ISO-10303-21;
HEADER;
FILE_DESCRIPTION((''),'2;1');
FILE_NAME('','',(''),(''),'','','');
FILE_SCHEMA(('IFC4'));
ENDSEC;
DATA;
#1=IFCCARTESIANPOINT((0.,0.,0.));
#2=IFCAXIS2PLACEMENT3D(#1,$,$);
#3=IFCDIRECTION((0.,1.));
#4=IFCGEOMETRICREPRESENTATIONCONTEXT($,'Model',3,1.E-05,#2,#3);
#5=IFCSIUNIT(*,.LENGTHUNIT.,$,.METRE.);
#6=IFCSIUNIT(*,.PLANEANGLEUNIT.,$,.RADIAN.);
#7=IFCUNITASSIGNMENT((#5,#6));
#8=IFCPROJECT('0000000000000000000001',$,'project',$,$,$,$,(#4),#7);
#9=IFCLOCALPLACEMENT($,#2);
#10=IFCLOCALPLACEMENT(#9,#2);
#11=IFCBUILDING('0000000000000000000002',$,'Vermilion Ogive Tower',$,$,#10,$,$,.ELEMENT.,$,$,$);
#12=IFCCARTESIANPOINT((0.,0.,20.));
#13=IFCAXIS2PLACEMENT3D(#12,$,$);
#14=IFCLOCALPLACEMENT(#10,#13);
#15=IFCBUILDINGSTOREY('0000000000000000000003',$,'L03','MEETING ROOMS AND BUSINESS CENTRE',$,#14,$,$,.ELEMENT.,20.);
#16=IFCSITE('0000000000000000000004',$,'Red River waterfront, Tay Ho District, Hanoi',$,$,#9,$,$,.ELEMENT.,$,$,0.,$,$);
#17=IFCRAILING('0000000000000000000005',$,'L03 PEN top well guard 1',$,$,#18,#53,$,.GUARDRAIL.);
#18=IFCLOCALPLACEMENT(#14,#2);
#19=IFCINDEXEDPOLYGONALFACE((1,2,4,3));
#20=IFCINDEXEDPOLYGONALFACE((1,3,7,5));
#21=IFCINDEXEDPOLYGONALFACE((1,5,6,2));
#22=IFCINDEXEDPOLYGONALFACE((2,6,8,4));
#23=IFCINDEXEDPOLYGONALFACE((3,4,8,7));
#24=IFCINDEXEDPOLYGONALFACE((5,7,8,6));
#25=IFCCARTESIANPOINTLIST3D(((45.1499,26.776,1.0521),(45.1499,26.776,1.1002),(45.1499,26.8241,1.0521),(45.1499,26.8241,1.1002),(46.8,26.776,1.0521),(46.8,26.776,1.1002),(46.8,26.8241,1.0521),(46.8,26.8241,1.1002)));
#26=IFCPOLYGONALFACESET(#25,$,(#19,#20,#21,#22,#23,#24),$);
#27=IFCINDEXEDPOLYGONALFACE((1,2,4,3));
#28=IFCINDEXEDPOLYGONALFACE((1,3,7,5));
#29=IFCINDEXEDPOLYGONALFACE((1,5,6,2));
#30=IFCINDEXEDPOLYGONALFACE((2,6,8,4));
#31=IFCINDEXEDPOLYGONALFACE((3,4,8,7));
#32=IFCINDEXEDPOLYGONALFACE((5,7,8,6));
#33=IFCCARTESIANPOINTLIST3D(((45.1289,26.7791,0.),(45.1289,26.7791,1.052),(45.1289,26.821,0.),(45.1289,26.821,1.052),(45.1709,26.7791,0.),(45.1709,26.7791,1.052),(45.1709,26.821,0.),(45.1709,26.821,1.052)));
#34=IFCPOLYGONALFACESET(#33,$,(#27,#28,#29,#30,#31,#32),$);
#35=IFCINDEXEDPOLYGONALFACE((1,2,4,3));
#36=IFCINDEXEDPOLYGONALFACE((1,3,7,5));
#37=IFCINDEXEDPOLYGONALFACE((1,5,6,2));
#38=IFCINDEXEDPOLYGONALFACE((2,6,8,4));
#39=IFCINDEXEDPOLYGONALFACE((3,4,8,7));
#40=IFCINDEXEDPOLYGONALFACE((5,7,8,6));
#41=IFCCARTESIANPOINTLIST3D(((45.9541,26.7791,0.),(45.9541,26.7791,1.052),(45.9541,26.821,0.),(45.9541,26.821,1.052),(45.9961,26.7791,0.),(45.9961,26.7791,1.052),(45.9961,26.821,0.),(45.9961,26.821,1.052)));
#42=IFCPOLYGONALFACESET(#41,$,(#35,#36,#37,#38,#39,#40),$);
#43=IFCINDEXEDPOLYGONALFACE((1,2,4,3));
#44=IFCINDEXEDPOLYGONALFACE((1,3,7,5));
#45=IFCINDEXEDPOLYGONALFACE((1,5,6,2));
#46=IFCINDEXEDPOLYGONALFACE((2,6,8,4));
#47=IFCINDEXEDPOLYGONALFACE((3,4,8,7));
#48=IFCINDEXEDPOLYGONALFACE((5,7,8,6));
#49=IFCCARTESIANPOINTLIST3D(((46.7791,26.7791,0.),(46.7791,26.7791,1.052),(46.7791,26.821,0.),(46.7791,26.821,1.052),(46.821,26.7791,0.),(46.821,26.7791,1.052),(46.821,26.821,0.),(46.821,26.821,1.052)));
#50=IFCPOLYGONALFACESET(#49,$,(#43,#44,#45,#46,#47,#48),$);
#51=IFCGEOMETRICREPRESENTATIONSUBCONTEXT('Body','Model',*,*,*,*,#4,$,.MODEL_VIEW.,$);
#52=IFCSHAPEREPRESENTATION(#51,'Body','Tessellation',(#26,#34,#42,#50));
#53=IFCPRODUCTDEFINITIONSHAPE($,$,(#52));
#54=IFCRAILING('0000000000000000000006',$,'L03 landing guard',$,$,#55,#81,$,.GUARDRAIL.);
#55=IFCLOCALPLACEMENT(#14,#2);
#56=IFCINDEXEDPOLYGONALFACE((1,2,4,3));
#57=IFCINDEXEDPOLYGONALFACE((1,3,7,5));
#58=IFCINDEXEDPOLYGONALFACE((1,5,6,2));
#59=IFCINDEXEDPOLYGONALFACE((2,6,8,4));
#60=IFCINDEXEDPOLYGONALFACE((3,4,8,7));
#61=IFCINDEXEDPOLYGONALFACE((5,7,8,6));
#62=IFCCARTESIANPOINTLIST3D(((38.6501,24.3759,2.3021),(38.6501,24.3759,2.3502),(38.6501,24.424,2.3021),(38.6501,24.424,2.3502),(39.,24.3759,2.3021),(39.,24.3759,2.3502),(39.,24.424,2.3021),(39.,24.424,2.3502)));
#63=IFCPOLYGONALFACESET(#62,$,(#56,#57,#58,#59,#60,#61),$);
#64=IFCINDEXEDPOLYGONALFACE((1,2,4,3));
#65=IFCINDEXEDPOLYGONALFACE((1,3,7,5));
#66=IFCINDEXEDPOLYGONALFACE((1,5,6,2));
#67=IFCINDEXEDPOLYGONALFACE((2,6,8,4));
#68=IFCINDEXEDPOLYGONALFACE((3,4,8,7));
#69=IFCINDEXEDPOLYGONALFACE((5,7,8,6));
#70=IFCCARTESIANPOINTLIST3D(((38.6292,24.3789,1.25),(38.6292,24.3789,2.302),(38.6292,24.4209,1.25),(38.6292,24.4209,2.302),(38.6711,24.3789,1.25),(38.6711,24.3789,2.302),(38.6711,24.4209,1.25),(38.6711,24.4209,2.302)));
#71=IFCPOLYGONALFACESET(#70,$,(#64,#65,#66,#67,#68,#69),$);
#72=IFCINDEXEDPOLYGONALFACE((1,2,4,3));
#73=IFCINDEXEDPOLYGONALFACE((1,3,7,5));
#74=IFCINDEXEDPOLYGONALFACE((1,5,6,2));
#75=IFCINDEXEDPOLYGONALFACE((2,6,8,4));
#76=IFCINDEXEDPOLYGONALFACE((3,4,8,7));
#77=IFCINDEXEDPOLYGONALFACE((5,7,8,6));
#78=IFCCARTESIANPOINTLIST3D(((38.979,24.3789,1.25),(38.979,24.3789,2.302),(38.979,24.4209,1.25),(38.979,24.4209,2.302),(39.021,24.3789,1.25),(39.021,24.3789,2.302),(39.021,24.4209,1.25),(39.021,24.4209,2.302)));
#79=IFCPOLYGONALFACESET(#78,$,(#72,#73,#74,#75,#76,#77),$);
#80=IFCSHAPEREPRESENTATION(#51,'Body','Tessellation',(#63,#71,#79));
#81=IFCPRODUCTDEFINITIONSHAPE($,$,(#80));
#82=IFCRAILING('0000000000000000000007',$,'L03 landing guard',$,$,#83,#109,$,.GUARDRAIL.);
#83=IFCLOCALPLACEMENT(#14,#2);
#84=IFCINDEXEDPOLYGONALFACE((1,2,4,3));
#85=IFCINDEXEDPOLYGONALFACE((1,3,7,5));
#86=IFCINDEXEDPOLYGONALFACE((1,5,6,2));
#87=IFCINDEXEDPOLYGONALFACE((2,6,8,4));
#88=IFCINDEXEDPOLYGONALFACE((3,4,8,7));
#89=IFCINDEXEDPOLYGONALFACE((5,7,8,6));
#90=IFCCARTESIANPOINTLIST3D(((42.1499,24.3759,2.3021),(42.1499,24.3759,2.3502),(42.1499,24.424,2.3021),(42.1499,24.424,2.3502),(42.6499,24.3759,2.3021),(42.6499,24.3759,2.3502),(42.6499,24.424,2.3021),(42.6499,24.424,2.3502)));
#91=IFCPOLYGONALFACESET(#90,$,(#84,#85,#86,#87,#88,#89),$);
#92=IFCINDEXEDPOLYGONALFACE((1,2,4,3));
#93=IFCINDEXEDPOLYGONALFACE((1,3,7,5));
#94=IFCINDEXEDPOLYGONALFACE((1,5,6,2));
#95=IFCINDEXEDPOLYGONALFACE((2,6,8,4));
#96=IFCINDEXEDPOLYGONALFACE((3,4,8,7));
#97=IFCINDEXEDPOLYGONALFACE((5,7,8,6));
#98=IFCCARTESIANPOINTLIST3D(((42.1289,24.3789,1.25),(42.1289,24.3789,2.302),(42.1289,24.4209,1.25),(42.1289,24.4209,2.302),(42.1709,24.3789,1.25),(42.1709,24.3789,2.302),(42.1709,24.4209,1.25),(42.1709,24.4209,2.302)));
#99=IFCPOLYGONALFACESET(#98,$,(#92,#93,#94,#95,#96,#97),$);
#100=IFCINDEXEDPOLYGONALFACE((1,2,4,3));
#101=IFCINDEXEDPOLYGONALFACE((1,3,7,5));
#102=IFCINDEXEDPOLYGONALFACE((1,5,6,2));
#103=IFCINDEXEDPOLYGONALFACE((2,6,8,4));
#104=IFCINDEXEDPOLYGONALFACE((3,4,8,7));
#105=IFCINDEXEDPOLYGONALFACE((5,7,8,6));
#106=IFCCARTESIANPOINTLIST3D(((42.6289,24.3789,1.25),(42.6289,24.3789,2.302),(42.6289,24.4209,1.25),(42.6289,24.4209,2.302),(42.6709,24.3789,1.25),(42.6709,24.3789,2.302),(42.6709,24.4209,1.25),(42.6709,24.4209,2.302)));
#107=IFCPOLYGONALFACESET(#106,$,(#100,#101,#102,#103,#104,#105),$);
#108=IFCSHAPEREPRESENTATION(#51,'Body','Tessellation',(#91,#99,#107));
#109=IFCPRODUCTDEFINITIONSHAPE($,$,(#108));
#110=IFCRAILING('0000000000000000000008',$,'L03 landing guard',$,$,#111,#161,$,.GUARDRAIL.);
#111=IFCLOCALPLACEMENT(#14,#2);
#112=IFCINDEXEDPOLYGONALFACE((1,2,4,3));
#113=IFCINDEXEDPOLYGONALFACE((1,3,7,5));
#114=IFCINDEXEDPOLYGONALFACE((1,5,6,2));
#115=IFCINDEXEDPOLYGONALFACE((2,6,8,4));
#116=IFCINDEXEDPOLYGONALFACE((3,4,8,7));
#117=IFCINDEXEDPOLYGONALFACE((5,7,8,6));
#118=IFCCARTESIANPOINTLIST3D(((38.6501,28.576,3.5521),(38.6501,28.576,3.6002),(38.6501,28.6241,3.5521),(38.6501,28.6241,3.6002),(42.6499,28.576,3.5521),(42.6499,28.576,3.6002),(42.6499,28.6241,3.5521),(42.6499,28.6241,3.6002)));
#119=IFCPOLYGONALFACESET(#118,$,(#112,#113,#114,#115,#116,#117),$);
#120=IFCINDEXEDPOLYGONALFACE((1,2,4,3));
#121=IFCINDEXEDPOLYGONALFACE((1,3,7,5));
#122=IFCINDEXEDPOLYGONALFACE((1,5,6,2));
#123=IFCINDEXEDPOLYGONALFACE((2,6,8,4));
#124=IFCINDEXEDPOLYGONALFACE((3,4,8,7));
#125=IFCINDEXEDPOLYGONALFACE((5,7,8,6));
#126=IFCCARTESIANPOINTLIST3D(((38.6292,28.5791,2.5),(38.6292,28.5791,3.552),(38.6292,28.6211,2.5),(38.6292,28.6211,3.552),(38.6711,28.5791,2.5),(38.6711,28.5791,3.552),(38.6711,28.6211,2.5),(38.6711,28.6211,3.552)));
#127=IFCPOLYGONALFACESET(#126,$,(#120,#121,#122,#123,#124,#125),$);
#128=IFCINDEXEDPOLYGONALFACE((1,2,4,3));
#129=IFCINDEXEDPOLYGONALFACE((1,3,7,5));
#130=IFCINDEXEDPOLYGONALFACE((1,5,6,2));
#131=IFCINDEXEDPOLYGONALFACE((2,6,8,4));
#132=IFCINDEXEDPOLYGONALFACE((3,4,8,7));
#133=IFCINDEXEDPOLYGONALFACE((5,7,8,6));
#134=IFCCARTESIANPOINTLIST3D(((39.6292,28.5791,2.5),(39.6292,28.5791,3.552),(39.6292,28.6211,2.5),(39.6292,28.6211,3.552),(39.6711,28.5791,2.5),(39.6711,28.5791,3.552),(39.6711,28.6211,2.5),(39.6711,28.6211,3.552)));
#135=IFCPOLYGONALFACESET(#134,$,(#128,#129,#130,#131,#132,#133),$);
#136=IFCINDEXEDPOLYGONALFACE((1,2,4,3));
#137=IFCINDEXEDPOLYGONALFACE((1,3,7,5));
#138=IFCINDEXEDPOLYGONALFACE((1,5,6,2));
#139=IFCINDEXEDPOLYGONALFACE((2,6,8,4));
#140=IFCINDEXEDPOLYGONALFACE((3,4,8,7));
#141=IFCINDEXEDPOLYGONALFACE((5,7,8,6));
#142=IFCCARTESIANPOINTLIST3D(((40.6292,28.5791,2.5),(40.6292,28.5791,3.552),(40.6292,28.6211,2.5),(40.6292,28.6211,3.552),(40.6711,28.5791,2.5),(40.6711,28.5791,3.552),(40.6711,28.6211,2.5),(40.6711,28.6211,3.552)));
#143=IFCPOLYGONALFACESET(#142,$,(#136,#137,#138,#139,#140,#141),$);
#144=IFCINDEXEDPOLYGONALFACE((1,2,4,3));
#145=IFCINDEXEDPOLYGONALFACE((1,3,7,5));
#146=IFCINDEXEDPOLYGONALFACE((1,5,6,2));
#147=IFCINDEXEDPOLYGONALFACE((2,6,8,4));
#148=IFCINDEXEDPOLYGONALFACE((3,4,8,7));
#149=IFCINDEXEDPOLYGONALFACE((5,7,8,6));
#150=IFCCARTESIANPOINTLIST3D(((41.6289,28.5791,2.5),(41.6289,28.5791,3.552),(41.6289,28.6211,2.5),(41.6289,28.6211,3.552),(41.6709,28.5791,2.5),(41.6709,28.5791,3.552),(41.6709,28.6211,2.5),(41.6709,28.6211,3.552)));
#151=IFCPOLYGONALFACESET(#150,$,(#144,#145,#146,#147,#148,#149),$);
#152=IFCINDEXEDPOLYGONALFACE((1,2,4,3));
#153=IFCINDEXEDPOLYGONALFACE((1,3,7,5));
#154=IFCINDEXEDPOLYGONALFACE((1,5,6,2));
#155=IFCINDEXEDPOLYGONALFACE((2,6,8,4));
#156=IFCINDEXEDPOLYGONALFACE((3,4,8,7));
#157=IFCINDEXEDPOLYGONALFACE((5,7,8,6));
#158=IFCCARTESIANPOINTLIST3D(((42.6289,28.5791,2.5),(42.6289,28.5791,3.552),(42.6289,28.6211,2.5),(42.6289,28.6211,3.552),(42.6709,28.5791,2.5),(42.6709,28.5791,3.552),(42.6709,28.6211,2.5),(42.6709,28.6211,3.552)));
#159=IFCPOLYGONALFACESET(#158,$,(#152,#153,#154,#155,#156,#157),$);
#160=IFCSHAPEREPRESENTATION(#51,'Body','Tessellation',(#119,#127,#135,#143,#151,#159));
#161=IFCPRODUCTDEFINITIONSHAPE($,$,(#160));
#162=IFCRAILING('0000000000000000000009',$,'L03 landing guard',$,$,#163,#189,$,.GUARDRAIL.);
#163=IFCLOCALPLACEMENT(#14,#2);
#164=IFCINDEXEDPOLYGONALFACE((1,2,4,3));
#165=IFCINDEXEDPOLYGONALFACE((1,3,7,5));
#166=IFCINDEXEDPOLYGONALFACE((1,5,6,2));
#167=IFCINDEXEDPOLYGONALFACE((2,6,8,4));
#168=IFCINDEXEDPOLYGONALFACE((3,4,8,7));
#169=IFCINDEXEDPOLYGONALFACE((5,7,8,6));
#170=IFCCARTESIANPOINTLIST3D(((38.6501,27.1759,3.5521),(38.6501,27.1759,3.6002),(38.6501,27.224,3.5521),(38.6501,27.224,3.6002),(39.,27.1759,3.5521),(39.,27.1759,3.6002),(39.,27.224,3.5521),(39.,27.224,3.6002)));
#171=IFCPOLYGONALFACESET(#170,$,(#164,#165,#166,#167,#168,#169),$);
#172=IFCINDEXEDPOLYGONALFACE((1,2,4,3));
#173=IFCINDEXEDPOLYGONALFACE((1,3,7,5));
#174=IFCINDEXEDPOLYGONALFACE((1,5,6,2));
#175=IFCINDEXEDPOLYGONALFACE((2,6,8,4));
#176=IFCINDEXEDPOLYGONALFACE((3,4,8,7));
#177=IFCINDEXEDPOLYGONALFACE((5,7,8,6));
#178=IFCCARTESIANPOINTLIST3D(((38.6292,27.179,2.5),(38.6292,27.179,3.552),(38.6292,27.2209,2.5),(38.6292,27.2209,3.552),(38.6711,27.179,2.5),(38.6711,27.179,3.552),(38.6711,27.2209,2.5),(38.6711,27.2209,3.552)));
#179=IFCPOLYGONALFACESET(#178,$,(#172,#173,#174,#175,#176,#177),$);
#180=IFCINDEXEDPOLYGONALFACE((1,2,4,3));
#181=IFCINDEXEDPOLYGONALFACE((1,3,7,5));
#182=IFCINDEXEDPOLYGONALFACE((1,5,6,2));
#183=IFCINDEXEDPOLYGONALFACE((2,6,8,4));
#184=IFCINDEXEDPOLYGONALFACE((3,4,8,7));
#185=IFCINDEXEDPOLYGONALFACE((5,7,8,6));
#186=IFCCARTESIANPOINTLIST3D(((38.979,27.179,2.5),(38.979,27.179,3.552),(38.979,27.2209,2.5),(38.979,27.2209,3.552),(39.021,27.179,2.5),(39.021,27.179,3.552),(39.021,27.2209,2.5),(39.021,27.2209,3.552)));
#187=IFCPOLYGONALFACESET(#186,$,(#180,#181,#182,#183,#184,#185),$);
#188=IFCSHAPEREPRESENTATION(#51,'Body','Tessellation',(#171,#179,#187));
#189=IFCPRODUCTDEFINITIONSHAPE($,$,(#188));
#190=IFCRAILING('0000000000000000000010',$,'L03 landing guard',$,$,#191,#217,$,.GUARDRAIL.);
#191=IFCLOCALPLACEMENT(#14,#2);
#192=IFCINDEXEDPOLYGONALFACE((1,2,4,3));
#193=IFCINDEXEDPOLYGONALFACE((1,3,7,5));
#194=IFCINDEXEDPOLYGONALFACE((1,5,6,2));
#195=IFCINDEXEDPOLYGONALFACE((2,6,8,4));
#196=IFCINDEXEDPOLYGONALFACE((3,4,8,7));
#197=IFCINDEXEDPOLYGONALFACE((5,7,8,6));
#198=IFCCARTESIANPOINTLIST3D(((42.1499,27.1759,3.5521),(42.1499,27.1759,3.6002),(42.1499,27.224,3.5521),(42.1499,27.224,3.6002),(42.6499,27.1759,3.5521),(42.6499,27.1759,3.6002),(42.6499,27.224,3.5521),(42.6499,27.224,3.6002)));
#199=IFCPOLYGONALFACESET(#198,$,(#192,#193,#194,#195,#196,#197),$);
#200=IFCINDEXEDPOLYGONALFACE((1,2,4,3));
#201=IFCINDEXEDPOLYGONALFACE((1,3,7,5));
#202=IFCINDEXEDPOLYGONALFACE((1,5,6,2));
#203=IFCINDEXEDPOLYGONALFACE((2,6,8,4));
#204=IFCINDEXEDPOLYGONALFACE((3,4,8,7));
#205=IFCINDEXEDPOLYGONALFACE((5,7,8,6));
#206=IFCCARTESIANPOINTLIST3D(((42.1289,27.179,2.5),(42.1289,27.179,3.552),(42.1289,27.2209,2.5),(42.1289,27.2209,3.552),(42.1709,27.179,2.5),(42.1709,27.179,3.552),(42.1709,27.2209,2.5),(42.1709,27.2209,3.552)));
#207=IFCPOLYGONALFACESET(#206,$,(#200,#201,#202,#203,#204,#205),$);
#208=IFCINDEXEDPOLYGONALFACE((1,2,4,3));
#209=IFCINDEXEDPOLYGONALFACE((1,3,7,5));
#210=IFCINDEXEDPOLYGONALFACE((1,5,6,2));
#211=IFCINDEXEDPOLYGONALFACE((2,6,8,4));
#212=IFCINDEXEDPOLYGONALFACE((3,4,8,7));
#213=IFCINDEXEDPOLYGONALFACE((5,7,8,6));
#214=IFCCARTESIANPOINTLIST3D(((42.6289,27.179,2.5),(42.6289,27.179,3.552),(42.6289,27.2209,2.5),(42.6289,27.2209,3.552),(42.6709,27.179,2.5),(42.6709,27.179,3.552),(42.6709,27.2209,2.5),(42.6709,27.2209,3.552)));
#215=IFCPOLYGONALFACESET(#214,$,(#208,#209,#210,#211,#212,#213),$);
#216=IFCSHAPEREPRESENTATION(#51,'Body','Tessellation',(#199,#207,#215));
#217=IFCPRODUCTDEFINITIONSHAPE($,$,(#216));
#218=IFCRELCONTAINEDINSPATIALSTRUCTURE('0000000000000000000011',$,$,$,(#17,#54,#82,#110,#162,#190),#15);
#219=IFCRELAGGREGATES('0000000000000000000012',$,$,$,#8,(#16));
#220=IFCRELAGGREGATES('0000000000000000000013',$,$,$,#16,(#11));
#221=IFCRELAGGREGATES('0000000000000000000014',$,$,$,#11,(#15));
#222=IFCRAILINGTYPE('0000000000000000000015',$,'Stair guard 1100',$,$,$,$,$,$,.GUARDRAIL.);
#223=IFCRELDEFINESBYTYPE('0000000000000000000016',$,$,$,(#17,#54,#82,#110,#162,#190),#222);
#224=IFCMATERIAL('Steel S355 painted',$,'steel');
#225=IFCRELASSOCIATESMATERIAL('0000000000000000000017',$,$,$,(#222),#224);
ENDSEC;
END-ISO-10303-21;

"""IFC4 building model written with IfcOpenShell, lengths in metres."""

from ifc_helpers import new_model, si_unit, direction, frame, origin, origin_2d, place, context, subcontext, project, spatial, rectangle, extrude, material, type_object, element, save


model = new_model("IFC4")

# Units and contexts
model_context = context("Model", 3, precision=1e-05, world=origin(), true_north=direction((0.0, 1.0)))
body_context = subcontext(model_context, "Body", "Model", "MODEL_VIEW")
ifc_project = project(units=[si_unit("LENGTHUNIT", "METRE"), si_unit("PLANEANGLEUNIT", "RADIAN")], contexts=[model_context])

# Site, building, storey
site_placement = place(None, origin())
site = spatial("IfcSite", under=ifc_project, at=site_placement, Name="Red River waterfront, Tay Ho District, Hanoi", CompositionType="ELEMENT", RefElevation=0.0)
building_placement = place(site_placement, origin())
building = spatial("IfcBuilding", under=site, at=building_placement, Name="Vermilion Ogive Tower", CompositionType="ELEMENT")
storey_placement = place(building_placement, frame((0.0, 0.0, 20.0)))
storey = spatial("IfcBuildingStorey", under=building, at=storey_placement, Name="L03", Description="MEETING ROOMS AND BUSINESS CENTRE", CompositionType="ELEMENT", Elevation=20.0)

# Railings
ifc_material_1 = material(Name="Steel S355 painted", Category="steel")
railing_type_1 = type_object("IfcRailingType", Name="Stair guard 1100", PredefinedType="GUARDRAIL", material=ifc_material_1)
railing_1_placement = place(storey_placement, frame((45.1499, 26.8, 0.0)))
element("IfcRailing", 1, at=railing_1_placement, inside=storey, type_object=railing_type_1, Name="L03 PEN top well guard 1", PredefinedType="GUARDRAIL", context=body_context, shape_type="SweptSolid", body=[
    extrude(rectangle(XDim=0.0481, YDim=0.0481, at=origin_2d()), frame((0.0, 0.0, 1.0762), z_axis=(1.0, 0.0, 0.0), x_axis=(0.0, 1.0, 0.0)), (0.0, 0.0, 1.0), 1.6501),
    extrude(rectangle(XDim=0.042, YDim=0.042, at=origin_2d()), origin(), (0.0, 0.0, 1.0), 1.052),
    extrude(rectangle(XDim=0.042, YDim=0.042, at=origin_2d()), frame((0.8252, 0.0, 0.0)), (0.0, 0.0, 1.0), 1.052),
    extrude(rectangle(XDim=0.042, YDim=0.042, at=origin_2d()), frame((1.6501, 0.0, 0.0)), (0.0, 0.0, 1.0), 1.052),
])
railing_2_placement = place(storey_placement, frame((38.6501, 24.3999, 1.25)))
element("IfcRailing", 2, at=railing_2_placement, inside=storey, type_object=railing_type_1, Name="L03 landing guard", PredefinedType="GUARDRAIL", context=body_context, shape_type="SweptSolid", body=[
    extrude(rectangle(XDim=0.0481, YDim=0.0481, at=origin_2d()), frame((0.0, 0.0, 1.0762), z_axis=(1.0, 0.0, 0.0), x_axis=(0.0, 1.0, 0.0)), (0.0, 0.0, 1.0), 0.3499),
    extrude(rectangle(XDim=0.042, YDim=0.042, at=origin_2d()), origin(), (0.0, 0.0, 1.0), 1.052),
    extrude(rectangle(XDim=0.042, YDim=0.042, at=origin_2d()), frame((0.3499, 0.0, 0.0)), (0.0, 0.0, 1.0), 1.052),
])
railing_3_placement = place(storey_placement, frame((42.1499, 24.3999, 1.25)))
element("IfcRailing", 3, at=railing_3_placement, inside=storey, type_object=railing_type_1, Name="L03 landing guard", PredefinedType="GUARDRAIL", context=body_context, shape_type="SweptSolid", body=[
    extrude(rectangle(XDim=0.0481, YDim=0.0481, at=origin_2d()), frame((0.0, 0.0, 1.0762), z_axis=(1.0, 0.0, 0.0), x_axis=(0.0, 1.0, 0.0)), (0.0, 0.0, 1.0), 0.5),
    extrude(rectangle(XDim=0.042, YDim=0.042, at=origin_2d()), origin(), (0.0, 0.0, 1.0), 1.052),
    extrude(rectangle(XDim=0.042, YDim=0.042, at=origin_2d()), frame((0.5, 0.0, 0.0)), (0.0, 0.0, 1.0), 1.052),
])
railing_4_placement = place(storey_placement, frame((38.6501, 28.6001, 2.5)))
element("IfcRailing", 4, at=railing_4_placement, inside=storey, type_object=railing_type_1, Name="L03 landing guard", PredefinedType="GUARDRAIL", context=body_context, shape_type="SweptSolid", body=[
    extrude(rectangle(XDim=0.0481, YDim=0.0481, at=origin_2d()), frame((0.0, 0.0, 1.0762), z_axis=(1.0, 0.0, 0.0), x_axis=(0.0, 1.0, 0.0)), (0.0, 0.0, 1.0), 3.9998),
    extrude(rectangle(XDim=0.042, YDim=0.042, at=origin_2d()), origin(), (0.0, 0.0, 1.0), 1.052),
    extrude(rectangle(XDim=0.042, YDim=0.042, at=origin_2d()), frame((1.0, 0.0, 0.0)), (0.0, 0.0, 1.0), 1.052),
    extrude(rectangle(XDim=0.042, YDim=0.042, at=origin_2d()), frame((2.0, 0.0, 0.0)), (0.0, 0.0, 1.0), 1.052),
    extrude(rectangle(XDim=0.042, YDim=0.042, at=origin_2d()), frame((2.9998, 0.0, 0.0)), (0.0, 0.0, 1.0), 1.052),
    extrude(rectangle(XDim=0.042, YDim=0.042, at=origin_2d()), frame((3.9998, 0.0, 0.0)), (0.0, 0.0, 1.0), 1.052),
])
railing_5_placement = place(storey_placement, frame((38.6501, 27.2, 2.5)))
element("IfcRailing", 5, at=railing_5_placement, inside=storey, type_object=railing_type_1, Name="L03 landing guard", PredefinedType="GUARDRAIL", context=body_context, shape_type="SweptSolid", body=[
    extrude(rectangle(XDim=0.0481, YDim=0.0481, at=origin_2d()), frame((0.0, 0.0, 1.0762), z_axis=(1.0, 0.0, 0.0), x_axis=(0.0, 1.0, 0.0)), (0.0, 0.0, 1.0), 0.3499),
    extrude(rectangle(XDim=0.042, YDim=0.042, at=origin_2d()), origin(), (0.0, 0.0, 1.0), 1.052),
    extrude(rectangle(XDim=0.042, YDim=0.042, at=origin_2d()), frame((0.3499, 0.0, 0.0)), (0.0, 0.0, 1.0), 1.052),
])
railing_6_placement = place(storey_placement, frame((42.1499, 27.2, 2.5)))
element("IfcRailing", 6, at=railing_6_placement, inside=storey, type_object=railing_type_1, Name="L03 landing guard", PredefinedType="GUARDRAIL", context=body_context, shape_type="SweptSolid", body=[
    extrude(rectangle(XDim=0.0481, YDim=0.0481, at=origin_2d()), frame((0.0, 0.0, 1.0762), z_axis=(1.0, 0.0, 0.0), x_axis=(0.0, 1.0, 0.0)), (0.0, 0.0, 1.0), 0.5),
    extrude(rectangle(XDim=0.042, YDim=0.042, at=origin_2d()), origin(), (0.0, 0.0, 1.0), 1.052),
    extrude(rectangle(XDim=0.042, YDim=0.042, at=origin_2d()), frame((0.5, 0.0, 0.0)), (0.0, 0.0, 1.0), 1.052),
])

save(model, "model.ifc")
